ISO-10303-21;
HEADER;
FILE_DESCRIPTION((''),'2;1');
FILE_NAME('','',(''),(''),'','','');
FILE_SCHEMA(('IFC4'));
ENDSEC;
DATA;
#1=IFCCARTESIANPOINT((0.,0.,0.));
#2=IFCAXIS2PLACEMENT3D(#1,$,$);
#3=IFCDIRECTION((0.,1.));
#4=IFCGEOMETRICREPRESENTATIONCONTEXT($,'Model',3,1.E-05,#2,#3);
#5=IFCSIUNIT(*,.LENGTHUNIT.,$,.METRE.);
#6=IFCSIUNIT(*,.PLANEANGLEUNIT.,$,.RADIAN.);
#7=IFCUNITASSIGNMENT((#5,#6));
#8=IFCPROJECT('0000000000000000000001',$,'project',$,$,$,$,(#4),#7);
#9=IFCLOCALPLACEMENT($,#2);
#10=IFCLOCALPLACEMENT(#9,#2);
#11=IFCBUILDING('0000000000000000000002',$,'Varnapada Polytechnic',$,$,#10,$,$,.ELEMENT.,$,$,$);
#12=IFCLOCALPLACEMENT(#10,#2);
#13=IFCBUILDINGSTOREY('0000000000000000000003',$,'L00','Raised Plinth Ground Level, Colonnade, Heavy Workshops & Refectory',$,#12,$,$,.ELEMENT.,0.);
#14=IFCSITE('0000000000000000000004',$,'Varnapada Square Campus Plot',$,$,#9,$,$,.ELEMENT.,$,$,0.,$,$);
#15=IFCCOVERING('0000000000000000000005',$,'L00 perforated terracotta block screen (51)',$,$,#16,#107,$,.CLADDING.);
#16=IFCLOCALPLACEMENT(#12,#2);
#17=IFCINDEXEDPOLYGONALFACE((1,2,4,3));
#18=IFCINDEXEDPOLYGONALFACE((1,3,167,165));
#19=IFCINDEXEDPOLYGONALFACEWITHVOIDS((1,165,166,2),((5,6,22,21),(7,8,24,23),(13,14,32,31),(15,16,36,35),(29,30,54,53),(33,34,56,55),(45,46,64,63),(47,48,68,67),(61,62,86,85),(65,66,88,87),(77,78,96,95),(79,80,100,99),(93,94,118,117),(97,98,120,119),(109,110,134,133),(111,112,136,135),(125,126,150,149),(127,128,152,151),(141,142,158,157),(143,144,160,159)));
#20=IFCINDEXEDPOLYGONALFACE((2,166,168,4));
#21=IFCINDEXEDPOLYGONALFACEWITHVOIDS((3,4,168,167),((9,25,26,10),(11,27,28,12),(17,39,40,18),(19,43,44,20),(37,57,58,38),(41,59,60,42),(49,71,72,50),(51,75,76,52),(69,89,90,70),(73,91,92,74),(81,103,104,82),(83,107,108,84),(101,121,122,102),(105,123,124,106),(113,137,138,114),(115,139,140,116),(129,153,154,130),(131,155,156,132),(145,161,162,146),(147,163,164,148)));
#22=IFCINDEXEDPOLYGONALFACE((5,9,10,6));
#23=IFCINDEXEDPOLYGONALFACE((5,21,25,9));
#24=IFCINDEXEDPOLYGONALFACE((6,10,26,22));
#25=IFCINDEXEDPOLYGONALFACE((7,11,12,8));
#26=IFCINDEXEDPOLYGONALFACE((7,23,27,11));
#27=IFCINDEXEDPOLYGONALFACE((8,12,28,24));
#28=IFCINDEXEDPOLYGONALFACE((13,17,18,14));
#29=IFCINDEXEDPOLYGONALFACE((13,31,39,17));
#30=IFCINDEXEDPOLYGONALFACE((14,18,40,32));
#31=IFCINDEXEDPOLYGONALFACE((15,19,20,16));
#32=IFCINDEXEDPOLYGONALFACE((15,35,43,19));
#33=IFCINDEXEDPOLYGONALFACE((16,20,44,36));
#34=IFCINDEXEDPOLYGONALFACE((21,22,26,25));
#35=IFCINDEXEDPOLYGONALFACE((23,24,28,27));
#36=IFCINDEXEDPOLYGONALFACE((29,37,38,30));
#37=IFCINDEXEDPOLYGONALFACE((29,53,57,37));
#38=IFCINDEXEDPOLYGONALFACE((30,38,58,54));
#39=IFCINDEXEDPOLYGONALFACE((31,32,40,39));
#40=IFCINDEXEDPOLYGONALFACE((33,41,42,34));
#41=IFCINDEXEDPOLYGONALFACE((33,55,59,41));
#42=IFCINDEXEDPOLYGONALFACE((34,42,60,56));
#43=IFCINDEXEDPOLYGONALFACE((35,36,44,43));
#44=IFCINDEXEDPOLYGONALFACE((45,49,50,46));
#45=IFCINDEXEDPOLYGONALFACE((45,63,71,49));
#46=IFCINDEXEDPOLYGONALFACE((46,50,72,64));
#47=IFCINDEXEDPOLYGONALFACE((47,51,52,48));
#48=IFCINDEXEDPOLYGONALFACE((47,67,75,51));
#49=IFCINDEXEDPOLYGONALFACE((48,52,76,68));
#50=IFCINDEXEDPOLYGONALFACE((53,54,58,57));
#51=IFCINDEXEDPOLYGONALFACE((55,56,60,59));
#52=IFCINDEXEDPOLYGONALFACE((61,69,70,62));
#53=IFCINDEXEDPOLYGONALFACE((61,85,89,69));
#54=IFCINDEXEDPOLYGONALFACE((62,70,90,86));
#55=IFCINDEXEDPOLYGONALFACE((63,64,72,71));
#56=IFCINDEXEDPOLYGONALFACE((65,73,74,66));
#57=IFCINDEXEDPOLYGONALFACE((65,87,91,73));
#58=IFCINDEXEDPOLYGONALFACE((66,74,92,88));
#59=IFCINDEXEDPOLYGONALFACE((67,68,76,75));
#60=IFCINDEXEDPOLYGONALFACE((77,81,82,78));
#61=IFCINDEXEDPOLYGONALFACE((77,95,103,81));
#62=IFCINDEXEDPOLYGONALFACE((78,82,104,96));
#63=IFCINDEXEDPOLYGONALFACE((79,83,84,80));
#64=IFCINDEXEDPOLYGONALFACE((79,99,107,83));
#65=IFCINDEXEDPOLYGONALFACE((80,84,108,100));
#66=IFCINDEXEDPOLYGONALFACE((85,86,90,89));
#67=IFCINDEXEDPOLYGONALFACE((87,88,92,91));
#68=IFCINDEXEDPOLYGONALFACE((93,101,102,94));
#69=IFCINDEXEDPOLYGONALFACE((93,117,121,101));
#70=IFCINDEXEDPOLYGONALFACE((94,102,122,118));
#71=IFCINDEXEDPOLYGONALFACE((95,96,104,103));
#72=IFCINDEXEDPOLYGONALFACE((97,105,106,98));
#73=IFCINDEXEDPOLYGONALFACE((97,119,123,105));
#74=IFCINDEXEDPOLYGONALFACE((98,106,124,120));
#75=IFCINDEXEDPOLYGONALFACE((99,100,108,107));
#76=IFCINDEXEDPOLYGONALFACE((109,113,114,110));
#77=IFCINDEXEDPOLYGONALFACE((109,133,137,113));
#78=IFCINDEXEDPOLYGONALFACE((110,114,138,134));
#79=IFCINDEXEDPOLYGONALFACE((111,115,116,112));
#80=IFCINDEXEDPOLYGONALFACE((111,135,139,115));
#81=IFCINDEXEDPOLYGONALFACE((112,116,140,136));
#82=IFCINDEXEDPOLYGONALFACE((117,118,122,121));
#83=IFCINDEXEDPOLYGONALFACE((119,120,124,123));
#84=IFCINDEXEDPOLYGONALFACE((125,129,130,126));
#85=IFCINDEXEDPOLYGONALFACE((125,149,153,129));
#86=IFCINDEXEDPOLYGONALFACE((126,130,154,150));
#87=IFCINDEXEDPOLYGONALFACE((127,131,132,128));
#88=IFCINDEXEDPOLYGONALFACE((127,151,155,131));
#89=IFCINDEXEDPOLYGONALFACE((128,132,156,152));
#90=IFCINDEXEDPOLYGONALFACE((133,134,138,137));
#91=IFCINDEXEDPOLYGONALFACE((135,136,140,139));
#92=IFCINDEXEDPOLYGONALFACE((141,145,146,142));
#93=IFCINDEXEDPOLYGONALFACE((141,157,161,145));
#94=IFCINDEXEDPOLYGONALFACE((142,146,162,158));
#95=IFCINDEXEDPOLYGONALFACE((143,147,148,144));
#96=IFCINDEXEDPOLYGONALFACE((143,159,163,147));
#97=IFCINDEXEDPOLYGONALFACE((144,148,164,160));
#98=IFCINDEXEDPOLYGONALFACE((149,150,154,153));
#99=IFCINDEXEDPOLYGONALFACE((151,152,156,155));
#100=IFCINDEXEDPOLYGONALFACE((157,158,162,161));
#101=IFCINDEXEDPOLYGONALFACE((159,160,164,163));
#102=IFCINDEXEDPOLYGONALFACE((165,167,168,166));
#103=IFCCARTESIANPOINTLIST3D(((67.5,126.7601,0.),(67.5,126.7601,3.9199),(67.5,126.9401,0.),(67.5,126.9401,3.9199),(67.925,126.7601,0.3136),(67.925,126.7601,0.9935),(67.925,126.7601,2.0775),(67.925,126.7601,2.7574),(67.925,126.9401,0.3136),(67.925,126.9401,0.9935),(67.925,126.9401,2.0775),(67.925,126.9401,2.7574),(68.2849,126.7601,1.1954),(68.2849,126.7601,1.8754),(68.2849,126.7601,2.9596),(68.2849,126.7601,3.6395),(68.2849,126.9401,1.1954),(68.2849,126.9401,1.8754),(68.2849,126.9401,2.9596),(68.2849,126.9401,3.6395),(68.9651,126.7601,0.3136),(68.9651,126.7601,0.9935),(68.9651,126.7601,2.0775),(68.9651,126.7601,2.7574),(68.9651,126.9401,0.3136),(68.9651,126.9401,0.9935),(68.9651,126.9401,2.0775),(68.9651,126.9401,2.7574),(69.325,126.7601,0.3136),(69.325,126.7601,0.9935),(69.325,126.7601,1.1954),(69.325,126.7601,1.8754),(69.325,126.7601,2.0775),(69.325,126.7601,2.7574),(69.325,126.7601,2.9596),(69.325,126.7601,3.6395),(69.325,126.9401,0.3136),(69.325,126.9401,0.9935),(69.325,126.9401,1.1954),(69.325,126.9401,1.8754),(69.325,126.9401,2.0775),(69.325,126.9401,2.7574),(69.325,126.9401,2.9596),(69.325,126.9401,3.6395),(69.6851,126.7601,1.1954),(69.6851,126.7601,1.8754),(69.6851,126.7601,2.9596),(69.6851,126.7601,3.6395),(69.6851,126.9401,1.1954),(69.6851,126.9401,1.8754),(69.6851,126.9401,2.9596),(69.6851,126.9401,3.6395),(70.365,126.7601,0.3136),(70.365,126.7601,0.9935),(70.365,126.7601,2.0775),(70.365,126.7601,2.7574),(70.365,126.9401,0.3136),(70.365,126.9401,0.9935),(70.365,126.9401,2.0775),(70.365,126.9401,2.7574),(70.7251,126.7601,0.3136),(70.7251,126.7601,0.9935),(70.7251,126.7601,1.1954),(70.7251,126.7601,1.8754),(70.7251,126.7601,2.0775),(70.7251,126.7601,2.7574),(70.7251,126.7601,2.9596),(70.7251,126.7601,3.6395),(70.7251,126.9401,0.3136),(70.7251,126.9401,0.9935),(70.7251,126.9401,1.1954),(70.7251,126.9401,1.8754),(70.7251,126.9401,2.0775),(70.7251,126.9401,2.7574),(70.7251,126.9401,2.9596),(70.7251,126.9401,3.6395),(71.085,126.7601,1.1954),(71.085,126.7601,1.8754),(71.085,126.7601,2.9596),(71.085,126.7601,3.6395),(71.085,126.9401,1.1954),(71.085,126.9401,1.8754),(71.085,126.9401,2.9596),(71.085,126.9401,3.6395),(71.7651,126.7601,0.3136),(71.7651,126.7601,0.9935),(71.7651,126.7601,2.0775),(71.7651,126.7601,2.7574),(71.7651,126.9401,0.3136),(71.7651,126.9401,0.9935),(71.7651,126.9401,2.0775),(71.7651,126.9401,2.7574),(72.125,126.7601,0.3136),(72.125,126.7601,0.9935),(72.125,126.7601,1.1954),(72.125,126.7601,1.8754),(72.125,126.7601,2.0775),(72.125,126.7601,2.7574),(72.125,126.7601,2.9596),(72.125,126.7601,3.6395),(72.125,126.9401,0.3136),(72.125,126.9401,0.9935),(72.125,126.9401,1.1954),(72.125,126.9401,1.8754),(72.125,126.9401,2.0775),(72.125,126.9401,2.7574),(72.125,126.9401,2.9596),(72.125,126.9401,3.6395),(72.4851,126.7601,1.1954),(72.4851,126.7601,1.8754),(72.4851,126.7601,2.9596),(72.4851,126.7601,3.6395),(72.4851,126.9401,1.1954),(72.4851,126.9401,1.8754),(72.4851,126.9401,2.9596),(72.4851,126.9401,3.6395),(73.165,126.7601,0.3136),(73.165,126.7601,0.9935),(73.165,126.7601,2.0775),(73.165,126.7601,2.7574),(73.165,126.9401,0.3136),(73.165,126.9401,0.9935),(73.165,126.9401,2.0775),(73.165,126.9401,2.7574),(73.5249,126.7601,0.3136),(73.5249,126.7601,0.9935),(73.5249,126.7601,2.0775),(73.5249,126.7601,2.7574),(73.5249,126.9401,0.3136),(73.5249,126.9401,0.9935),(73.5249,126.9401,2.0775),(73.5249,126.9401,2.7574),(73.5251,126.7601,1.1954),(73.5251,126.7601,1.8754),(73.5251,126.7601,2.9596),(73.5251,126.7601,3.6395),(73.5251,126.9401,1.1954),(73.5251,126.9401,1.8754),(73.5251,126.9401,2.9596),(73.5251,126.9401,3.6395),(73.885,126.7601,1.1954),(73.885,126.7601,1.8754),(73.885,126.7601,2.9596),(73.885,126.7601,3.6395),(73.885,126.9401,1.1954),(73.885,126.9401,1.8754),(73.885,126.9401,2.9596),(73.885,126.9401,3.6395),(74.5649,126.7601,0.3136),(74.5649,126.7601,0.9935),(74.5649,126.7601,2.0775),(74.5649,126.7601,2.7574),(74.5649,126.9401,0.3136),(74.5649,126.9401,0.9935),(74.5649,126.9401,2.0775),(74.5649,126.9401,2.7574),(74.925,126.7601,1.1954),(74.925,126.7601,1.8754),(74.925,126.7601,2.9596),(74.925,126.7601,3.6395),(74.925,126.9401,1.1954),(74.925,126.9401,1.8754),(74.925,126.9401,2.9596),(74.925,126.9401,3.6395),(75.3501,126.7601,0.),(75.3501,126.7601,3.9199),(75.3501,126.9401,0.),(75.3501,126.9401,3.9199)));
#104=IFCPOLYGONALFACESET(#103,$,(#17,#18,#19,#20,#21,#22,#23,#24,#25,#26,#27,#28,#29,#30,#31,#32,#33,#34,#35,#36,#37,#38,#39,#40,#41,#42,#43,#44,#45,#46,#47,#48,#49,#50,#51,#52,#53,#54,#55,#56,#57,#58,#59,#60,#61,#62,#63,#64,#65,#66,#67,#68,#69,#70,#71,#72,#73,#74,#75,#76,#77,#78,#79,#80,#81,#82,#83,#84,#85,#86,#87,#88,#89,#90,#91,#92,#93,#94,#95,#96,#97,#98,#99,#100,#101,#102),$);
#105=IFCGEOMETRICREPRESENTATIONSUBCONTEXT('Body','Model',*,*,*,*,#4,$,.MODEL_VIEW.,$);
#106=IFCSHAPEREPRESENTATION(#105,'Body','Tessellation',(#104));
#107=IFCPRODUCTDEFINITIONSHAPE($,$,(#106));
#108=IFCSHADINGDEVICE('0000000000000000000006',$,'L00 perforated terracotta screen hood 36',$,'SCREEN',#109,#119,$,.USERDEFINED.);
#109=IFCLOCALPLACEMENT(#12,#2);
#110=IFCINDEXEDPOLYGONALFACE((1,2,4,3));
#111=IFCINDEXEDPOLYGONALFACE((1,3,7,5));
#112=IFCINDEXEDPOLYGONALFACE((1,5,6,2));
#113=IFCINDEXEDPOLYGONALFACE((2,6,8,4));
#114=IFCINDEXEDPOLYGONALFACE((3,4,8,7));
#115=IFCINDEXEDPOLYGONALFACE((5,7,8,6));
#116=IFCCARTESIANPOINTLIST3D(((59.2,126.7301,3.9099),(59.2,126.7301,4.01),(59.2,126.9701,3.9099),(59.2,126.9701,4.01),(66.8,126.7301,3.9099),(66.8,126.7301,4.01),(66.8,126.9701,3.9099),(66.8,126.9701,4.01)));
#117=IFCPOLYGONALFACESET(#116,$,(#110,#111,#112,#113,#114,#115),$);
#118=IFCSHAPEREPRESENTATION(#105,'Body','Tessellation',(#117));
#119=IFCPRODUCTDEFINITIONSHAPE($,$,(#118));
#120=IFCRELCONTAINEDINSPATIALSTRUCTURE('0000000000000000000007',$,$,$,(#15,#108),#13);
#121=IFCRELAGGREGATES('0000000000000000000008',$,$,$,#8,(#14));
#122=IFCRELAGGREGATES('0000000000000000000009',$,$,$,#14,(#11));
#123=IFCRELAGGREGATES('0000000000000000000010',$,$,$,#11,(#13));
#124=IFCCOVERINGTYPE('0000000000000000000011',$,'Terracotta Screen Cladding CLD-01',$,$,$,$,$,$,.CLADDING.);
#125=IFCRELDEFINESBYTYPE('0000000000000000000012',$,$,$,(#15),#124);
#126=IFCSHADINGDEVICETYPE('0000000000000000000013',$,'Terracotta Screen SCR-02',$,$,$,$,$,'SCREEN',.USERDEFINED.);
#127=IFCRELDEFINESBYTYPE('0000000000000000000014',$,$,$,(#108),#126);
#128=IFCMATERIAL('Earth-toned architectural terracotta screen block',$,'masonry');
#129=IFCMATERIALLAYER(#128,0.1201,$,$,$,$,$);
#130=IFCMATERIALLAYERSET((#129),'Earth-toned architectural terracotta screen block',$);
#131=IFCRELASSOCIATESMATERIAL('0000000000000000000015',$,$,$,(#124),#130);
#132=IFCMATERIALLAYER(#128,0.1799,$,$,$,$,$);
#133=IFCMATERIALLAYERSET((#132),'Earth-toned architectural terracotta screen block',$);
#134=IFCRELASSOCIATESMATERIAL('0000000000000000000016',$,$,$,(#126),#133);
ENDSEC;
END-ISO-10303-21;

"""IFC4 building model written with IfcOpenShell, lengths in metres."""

from ifc_helpers import new_model, si_unit, direction, frame, frame_2d, origin, origin_2d, place, context, subcontext, project, spatial, rectangle, extrude, material, layer, layer_set, type_object, element, save


model = new_model("IFC4")

# Units and contexts
model_context = context("Model", 3, precision=1e-05, world=origin(), true_north=direction((0.0, 1.0)))
body_context = subcontext(model_context, "Body", "Model", "MODEL_VIEW")
ifc_project = project(units=[si_unit("LENGTHUNIT", "METRE"), si_unit("PLANEANGLEUNIT", "RADIAN")], contexts=[model_context])

# Site, building, storey
site_placement = place(None, origin())
site = spatial("IfcSite", under=ifc_project, at=site_placement, Name="Varnapada Square Campus Plot", CompositionType="ELEMENT", RefElevation=0.0)
building_placement = place(site_placement, origin())
building = spatial("IfcBuilding", under=site, at=building_placement, Name="Varnapada Polytechnic", CompositionType="ELEMENT")
storey_placement = place(building_placement, origin())
storey = spatial("IfcBuildingStorey", under=building, at=storey_placement, Name="L00", Description="Raised Plinth Ground Level, Colonnade, Heavy Workshops & Refectory", CompositionType="ELEMENT", Elevation=0.0)

# Covering, openings
ifc_material_1 = material(Name="Earth-toned architectural terracotta screen block", Category="masonry")
ifc_layer_1 = layer(ifc_material_1, 0.1201)
ifc_layer_set_1 = layer_set([ifc_layer_1], Name="Earth-toned architectural terracotta screen block")
covering_type_1 = type_object("IfcCoveringType", Name="Terracotta Screen Cladding CLD-01", PredefinedType="CLADDING", material=ifc_layer_set_1)
covering_1_placement = place(storey_placement, frame((67.5, 126.8501, 0.0), z_axis=(0.0, 0.0, 1.0), x_axis=(1.0, 0.0, 0.0)))
covering_1 = element("IfcCovering", 1, at=covering_1_placement, inside=storey, type_object=covering_type_1, Name="L00 perforated terracotta block screen (51)", PredefinedType="CLADDING", context=body_context, shape_type="SweptSolid", body=[
    extrude(rectangle(XDim=7.8501, YDim=0.1799, at=frame_2d((3.925, 0.0))), origin(), (0.0, 0.0, 1.0), 3.9199),
])
opening_1_placement = place(covering_1_placement, frame((0.425, 0.0, 0.3137)))
element("IfcOpeningElement", 2, at=opening_1_placement, cuts=covering_1, PredefinedType="OPENING", context=body_context, shape_type="SweptSolid", body=[
    extrude(rectangle(XDim=1.04, YDim=0.6799, at=frame_2d((0.52, 0.3398))), frame((0.0, 0.0999, 0.0), z_axis=(0.0, -1.0, 0.0), x_axis=(1.0, 0.0, 0.0)), (0.0, 0.0, 1.0), 0.2),
])
opening_2_placement = place(covering_1_placement, frame((1.825, 0.0, 0.3137)))
element("IfcOpeningElement", 3, at=opening_2_placement, cuts=covering_1, PredefinedType="OPENING", context=body_context, shape_type="SweptSolid", body=[
    extrude(rectangle(XDim=1.04, YDim=0.6799, at=frame_2d((0.52, 0.3398))), frame((0.0, 0.0999, 0.0), z_axis=(0.0, -1.0, 0.0), x_axis=(1.0, 0.0, 0.0)), (0.0, 0.0, 1.0), 0.2),
])
opening_3_placement = place(covering_1_placement, frame((3.2251, 0.0, 0.3137)))
element("IfcOpeningElement", 4, at=opening_3_placement, cuts=covering_1, PredefinedType="OPENING", context=body_context, shape_type="SweptSolid", body=[
    extrude(rectangle(XDim=1.04, YDim=0.6799, at=frame_2d((0.52, 0.3398))), frame((0.0, 0.0999, 0.0), z_axis=(0.0, -1.0, 0.0), x_axis=(1.0, 0.0, 0.0)), (0.0, 0.0, 1.0), 0.2),
])
opening_4_placement = place(covering_1_placement, frame((4.625, 0.0, 0.3137)))
element("IfcOpeningElement", 5, at=opening_4_placement, cuts=covering_1, PredefinedType="OPENING", context=body_context, shape_type="SweptSolid", body=[
    extrude(rectangle(XDim=1.04, YDim=0.6799, at=frame_2d((0.52, 0.3398))), frame((0.0, 0.0999, 0.0), z_axis=(0.0, -1.0, 0.0), x_axis=(1.0, 0.0, 0.0)), (0.0, 0.0, 1.0), 0.2),
])
opening_5_placement = place(covering_1_placement, frame((6.0249, 0.0, 0.3137)))
element("IfcOpeningElement", 6, at=opening_5_placement, cuts=covering_1, PredefinedType="OPENING", context=body_context, shape_type="SweptSolid", body=[
    extrude(rectangle(XDim=1.04, YDim=0.6799, at=frame_2d((0.52, 0.3398))), frame((0.0, 0.0999, 0.0), z_axis=(0.0, -1.0, 0.0), x_axis=(1.0, 0.0, 0.0)), (0.0, 0.0, 1.0), 0.2),
])
opening_6_placement = place(covering_1_placement, frame((0.7849, 0.0, 1.1956)))
element("IfcOpeningElement", 7, at=opening_6_placement, cuts=covering_1, PredefinedType="OPENING", context=body_context, shape_type="SweptSolid", body=[
    extrude(rectangle(XDim=1.04, YDim=0.6799, at=frame_2d((0.52, 0.3398))), frame((0.0, 0.0999, 0.0), z_axis=(0.0, -1.0, 0.0), x_axis=(1.0, 0.0, 0.0)), (0.0, 0.0, 1.0), 0.2),
])
opening_7_placement = place(covering_1_placement, frame((2.1851, 0.0, 1.1956)))
element("IfcOpeningElement", 8, at=opening_7_placement, cuts=covering_1, PredefinedType="OPENING", context=body_context, shape_type="SweptSolid", body=[
    extrude(rectangle(XDim=1.04, YDim=0.6799, at=frame_2d((0.52, 0.3398))), frame((0.0, 0.0999, 0.0), z_axis=(0.0, -1.0, 0.0), x_axis=(1.0, 0.0, 0.0)), (0.0, 0.0, 1.0), 0.2),
])
opening_8_placement = place(covering_1_placement, frame((3.585, 0.0, 1.1956)))
element("IfcOpeningElement", 9, at=opening_8_placement, cuts=covering_1, PredefinedType="OPENING", context=body_context, shape_type="SweptSolid", body=[
    extrude(rectangle(XDim=1.04, YDim=0.6799, at=frame_2d((0.52, 0.3398))), frame((0.0, 0.0999, 0.0), z_axis=(0.0, -1.0, 0.0), x_axis=(1.0, 0.0, 0.0)), (0.0, 0.0, 1.0), 0.2),
])
opening_9_placement = place(covering_1_placement, frame((4.9851, 0.0, 1.1956)))
element("IfcOpeningElement", 10, at=opening_9_placement, cuts=covering_1, PredefinedType="OPENING", context=body_context, shape_type="SweptSolid", body=[
    extrude(rectangle(XDim=1.04, YDim=0.6799, at=frame_2d((0.52, 0.3398))), frame((0.0, 0.0999, 0.0), z_axis=(0.0, -1.0, 0.0), x_axis=(1.0, 0.0, 0.0)), (0.0, 0.0, 1.0), 0.2),
])
opening_10_placement = place(covering_1_placement, frame((6.385, 0.0, 1.1956)))
element("IfcOpeningElement", 11, at=opening_10_placement, cuts=covering_1, PredefinedType="OPENING", context=body_context, shape_type="SweptSolid", body=[
    extrude(rectangle(XDim=1.04, YDim=0.6799, at=frame_2d((0.52, 0.3398))), frame((0.0, 0.0999, 0.0), z_axis=(0.0, -1.0, 0.0), x_axis=(1.0, 0.0, 0.0)), (0.0, 0.0, 1.0), 0.2),
])
opening_11_placement = place(covering_1_placement, frame((0.425, 0.0, 2.0776)))
element("IfcOpeningElement", 12, at=opening_11_placement, cuts=covering_1, PredefinedType="OPENING", context=body_context, shape_type="SweptSolid", body=[
    extrude(rectangle(XDim=1.04, YDim=0.6799, at=frame_2d((0.52, 0.3398))), frame((0.0, 0.0999, 0.0), z_axis=(0.0, -1.0, 0.0), x_axis=(1.0, 0.0, 0.0)), (0.0, 0.0, 1.0), 0.2),
])
opening_12_placement = place(covering_1_placement, frame((1.825, 0.0, 2.0776)))
element("IfcOpeningElement", 13, at=opening_12_placement, cuts=covering_1, PredefinedType="OPENING", context=body_context, shape_type="SweptSolid", body=[
    extrude(rectangle(XDim=1.04, YDim=0.6799, at=frame_2d((0.52, 0.3398))), frame((0.0, 0.0999, 0.0), z_axis=(0.0, -1.0, 0.0), x_axis=(1.0, 0.0, 0.0)), (0.0, 0.0, 1.0), 0.2),
])
opening_13_placement = place(covering_1_placement, frame((3.2251, 0.0, 2.0776)))
element("IfcOpeningElement", 14, at=opening_13_placement, cuts=covering_1, PredefinedType="OPENING", context=body_context, shape_type="SweptSolid", body=[
    extrude(rectangle(XDim=1.04, YDim=0.6799, at=frame_2d((0.52, 0.3398))), frame((0.0, 0.0999, 0.0), z_axis=(0.0, -1.0, 0.0), x_axis=(1.0, 0.0, 0.0)), (0.0, 0.0, 1.0), 0.2),
])
opening_14_placement = place(covering_1_placement, frame((4.625, 0.0, 2.0776)))
element("IfcOpeningElement", 15, at=opening_14_placement, cuts=covering_1, PredefinedType="OPENING", context=body_context, shape_type="SweptSolid", body=[
    extrude(rectangle(XDim=1.04, YDim=0.6799, at=frame_2d((0.52, 0.3398))), frame((0.0, 0.0999, 0.0), z_axis=(0.0, -1.0, 0.0), x_axis=(1.0, 0.0, 0.0)), (0.0, 0.0, 1.0), 0.2),
])
opening_15_placement = place(covering_1_placement, frame((6.0249, 0.0, 2.0776)))
element("IfcOpeningElement", 16, at=opening_15_placement, cuts=covering_1, PredefinedType="OPENING", context=body_context, shape_type="SweptSolid", body=[
    extrude(rectangle(XDim=1.04, YDim=0.6799, at=frame_2d((0.52, 0.3398))), frame((0.0, 0.0999, 0.0), z_axis=(0.0, -1.0, 0.0), x_axis=(1.0, 0.0, 0.0)), (0.0, 0.0, 1.0), 0.2),
])
opening_16_placement = place(covering_1_placement, frame((0.7849, 0.0, 2.9597)))
element("IfcOpeningElement", 17, at=opening_16_placement, cuts=covering_1, PredefinedType="OPENING", context=body_context, shape_type="SweptSolid", body=[
    extrude(rectangle(XDim=1.04, YDim=0.6799, at=frame_2d((0.52, 0.3398))), frame((0.0, 0.0999, 0.0), z_axis=(0.0, -1.0, 0.0), x_axis=(1.0, 0.0, 0.0)), (0.0, 0.0, 1.0), 0.2),
])
opening_17_placement = place(covering_1_placement, frame((2.1851, 0.0, 2.9597)))
element("IfcOpeningElement", 18, at=opening_17_placement, cuts=covering_1, PredefinedType="OPENING", context=body_context, shape_type="SweptSolid", body=[
    extrude(rectangle(XDim=1.04, YDim=0.6799, at=frame_2d((0.52, 0.3398))), frame((0.0, 0.0999, 0.0), z_axis=(0.0, -1.0, 0.0), x_axis=(1.0, 0.0, 0.0)), (0.0, 0.0, 1.0), 0.2),
])
opening_18_placement = place(covering_1_placement, frame((3.585, 0.0, 2.9597)))
element("IfcOpeningElement", 19, at=opening_18_placement, cuts=covering_1, PredefinedType="OPENING", context=body_context, shape_type="SweptSolid", body=[
    extrude(rectangle(XDim=1.04, YDim=0.6799, at=frame_2d((0.52, 0.3398))), frame((0.0, 0.0999, 0.0), z_axis=(0.0, -1.0, 0.0), x_axis=(1.0, 0.0, 0.0)), (0.0, 0.0, 1.0), 0.2),
])
opening_19_placement = place(covering_1_placement, frame((4.9851, 0.0, 2.9597)))
element("IfcOpeningElement", 20, at=opening_19_placement, cuts=covering_1, PredefinedType="OPENING", context=body_context, shape_type="SweptSolid", body=[
    extrude(rectangle(XDim=1.04, YDim=0.6799, at=frame_2d((0.52, 0.3398))), frame((0.0, 0.0999, 0.0), z_axis=(0.0, -1.0, 0.0), x_axis=(1.0, 0.0, 0.0)), (0.0, 0.0, 1.0), 0.2),
])
opening_20_placement = place(covering_1_placement, frame((6.385, 0.0, 2.9597)))
element("IfcOpeningElement", 21, at=opening_20_placement, cuts=covering_1, PredefinedType="OPENING", context=body_context, shape_type="SweptSolid", body=[
    extrude(rectangle(XDim=1.04, YDim=0.6799, at=frame_2d((0.52, 0.3398))), frame((0.0, 0.0999, 0.0), z_axis=(0.0, -1.0, 0.0), x_axis=(1.0, 0.0, 0.0)), (0.0, 0.0, 1.0), 0.2),
])

# Shading device
ifc_layer_2 = layer(ifc_material_1, 0.1799)
ifc_layer_set_2 = layer_set([ifc_layer_2], Name="Earth-toned architectural terracotta screen block")
shading_device_type = type_object("IfcShadingDeviceType", Name="Terracotta Screen SCR-02", ElementType="SCREEN", PredefinedType="USERDEFINED", material=ifc_layer_set_2)
shading_device_1_placement = place(storey_placement, frame((63.0, 126.8501, 3.9099), z_axis=(0.0, 0.0, 1.0), x_axis=(1.0, 0.0, 0.0)))
element("IfcShadingDevice", 22, at=shading_device_1_placement, inside=storey, type_object=shading_device_type, Name="L00 perforated terracotta screen hood 36", ObjectType="SCREEN", PredefinedType="USERDEFINED", context=body_context, shape_type="SweptSolid", body=[
    extrude(rectangle(XDim=7.6001, YDim=0.24, at=origin_2d()), origin(), (0.0, 0.0, 1.0), 0.1001),
])

save(model, "model.ifc")
